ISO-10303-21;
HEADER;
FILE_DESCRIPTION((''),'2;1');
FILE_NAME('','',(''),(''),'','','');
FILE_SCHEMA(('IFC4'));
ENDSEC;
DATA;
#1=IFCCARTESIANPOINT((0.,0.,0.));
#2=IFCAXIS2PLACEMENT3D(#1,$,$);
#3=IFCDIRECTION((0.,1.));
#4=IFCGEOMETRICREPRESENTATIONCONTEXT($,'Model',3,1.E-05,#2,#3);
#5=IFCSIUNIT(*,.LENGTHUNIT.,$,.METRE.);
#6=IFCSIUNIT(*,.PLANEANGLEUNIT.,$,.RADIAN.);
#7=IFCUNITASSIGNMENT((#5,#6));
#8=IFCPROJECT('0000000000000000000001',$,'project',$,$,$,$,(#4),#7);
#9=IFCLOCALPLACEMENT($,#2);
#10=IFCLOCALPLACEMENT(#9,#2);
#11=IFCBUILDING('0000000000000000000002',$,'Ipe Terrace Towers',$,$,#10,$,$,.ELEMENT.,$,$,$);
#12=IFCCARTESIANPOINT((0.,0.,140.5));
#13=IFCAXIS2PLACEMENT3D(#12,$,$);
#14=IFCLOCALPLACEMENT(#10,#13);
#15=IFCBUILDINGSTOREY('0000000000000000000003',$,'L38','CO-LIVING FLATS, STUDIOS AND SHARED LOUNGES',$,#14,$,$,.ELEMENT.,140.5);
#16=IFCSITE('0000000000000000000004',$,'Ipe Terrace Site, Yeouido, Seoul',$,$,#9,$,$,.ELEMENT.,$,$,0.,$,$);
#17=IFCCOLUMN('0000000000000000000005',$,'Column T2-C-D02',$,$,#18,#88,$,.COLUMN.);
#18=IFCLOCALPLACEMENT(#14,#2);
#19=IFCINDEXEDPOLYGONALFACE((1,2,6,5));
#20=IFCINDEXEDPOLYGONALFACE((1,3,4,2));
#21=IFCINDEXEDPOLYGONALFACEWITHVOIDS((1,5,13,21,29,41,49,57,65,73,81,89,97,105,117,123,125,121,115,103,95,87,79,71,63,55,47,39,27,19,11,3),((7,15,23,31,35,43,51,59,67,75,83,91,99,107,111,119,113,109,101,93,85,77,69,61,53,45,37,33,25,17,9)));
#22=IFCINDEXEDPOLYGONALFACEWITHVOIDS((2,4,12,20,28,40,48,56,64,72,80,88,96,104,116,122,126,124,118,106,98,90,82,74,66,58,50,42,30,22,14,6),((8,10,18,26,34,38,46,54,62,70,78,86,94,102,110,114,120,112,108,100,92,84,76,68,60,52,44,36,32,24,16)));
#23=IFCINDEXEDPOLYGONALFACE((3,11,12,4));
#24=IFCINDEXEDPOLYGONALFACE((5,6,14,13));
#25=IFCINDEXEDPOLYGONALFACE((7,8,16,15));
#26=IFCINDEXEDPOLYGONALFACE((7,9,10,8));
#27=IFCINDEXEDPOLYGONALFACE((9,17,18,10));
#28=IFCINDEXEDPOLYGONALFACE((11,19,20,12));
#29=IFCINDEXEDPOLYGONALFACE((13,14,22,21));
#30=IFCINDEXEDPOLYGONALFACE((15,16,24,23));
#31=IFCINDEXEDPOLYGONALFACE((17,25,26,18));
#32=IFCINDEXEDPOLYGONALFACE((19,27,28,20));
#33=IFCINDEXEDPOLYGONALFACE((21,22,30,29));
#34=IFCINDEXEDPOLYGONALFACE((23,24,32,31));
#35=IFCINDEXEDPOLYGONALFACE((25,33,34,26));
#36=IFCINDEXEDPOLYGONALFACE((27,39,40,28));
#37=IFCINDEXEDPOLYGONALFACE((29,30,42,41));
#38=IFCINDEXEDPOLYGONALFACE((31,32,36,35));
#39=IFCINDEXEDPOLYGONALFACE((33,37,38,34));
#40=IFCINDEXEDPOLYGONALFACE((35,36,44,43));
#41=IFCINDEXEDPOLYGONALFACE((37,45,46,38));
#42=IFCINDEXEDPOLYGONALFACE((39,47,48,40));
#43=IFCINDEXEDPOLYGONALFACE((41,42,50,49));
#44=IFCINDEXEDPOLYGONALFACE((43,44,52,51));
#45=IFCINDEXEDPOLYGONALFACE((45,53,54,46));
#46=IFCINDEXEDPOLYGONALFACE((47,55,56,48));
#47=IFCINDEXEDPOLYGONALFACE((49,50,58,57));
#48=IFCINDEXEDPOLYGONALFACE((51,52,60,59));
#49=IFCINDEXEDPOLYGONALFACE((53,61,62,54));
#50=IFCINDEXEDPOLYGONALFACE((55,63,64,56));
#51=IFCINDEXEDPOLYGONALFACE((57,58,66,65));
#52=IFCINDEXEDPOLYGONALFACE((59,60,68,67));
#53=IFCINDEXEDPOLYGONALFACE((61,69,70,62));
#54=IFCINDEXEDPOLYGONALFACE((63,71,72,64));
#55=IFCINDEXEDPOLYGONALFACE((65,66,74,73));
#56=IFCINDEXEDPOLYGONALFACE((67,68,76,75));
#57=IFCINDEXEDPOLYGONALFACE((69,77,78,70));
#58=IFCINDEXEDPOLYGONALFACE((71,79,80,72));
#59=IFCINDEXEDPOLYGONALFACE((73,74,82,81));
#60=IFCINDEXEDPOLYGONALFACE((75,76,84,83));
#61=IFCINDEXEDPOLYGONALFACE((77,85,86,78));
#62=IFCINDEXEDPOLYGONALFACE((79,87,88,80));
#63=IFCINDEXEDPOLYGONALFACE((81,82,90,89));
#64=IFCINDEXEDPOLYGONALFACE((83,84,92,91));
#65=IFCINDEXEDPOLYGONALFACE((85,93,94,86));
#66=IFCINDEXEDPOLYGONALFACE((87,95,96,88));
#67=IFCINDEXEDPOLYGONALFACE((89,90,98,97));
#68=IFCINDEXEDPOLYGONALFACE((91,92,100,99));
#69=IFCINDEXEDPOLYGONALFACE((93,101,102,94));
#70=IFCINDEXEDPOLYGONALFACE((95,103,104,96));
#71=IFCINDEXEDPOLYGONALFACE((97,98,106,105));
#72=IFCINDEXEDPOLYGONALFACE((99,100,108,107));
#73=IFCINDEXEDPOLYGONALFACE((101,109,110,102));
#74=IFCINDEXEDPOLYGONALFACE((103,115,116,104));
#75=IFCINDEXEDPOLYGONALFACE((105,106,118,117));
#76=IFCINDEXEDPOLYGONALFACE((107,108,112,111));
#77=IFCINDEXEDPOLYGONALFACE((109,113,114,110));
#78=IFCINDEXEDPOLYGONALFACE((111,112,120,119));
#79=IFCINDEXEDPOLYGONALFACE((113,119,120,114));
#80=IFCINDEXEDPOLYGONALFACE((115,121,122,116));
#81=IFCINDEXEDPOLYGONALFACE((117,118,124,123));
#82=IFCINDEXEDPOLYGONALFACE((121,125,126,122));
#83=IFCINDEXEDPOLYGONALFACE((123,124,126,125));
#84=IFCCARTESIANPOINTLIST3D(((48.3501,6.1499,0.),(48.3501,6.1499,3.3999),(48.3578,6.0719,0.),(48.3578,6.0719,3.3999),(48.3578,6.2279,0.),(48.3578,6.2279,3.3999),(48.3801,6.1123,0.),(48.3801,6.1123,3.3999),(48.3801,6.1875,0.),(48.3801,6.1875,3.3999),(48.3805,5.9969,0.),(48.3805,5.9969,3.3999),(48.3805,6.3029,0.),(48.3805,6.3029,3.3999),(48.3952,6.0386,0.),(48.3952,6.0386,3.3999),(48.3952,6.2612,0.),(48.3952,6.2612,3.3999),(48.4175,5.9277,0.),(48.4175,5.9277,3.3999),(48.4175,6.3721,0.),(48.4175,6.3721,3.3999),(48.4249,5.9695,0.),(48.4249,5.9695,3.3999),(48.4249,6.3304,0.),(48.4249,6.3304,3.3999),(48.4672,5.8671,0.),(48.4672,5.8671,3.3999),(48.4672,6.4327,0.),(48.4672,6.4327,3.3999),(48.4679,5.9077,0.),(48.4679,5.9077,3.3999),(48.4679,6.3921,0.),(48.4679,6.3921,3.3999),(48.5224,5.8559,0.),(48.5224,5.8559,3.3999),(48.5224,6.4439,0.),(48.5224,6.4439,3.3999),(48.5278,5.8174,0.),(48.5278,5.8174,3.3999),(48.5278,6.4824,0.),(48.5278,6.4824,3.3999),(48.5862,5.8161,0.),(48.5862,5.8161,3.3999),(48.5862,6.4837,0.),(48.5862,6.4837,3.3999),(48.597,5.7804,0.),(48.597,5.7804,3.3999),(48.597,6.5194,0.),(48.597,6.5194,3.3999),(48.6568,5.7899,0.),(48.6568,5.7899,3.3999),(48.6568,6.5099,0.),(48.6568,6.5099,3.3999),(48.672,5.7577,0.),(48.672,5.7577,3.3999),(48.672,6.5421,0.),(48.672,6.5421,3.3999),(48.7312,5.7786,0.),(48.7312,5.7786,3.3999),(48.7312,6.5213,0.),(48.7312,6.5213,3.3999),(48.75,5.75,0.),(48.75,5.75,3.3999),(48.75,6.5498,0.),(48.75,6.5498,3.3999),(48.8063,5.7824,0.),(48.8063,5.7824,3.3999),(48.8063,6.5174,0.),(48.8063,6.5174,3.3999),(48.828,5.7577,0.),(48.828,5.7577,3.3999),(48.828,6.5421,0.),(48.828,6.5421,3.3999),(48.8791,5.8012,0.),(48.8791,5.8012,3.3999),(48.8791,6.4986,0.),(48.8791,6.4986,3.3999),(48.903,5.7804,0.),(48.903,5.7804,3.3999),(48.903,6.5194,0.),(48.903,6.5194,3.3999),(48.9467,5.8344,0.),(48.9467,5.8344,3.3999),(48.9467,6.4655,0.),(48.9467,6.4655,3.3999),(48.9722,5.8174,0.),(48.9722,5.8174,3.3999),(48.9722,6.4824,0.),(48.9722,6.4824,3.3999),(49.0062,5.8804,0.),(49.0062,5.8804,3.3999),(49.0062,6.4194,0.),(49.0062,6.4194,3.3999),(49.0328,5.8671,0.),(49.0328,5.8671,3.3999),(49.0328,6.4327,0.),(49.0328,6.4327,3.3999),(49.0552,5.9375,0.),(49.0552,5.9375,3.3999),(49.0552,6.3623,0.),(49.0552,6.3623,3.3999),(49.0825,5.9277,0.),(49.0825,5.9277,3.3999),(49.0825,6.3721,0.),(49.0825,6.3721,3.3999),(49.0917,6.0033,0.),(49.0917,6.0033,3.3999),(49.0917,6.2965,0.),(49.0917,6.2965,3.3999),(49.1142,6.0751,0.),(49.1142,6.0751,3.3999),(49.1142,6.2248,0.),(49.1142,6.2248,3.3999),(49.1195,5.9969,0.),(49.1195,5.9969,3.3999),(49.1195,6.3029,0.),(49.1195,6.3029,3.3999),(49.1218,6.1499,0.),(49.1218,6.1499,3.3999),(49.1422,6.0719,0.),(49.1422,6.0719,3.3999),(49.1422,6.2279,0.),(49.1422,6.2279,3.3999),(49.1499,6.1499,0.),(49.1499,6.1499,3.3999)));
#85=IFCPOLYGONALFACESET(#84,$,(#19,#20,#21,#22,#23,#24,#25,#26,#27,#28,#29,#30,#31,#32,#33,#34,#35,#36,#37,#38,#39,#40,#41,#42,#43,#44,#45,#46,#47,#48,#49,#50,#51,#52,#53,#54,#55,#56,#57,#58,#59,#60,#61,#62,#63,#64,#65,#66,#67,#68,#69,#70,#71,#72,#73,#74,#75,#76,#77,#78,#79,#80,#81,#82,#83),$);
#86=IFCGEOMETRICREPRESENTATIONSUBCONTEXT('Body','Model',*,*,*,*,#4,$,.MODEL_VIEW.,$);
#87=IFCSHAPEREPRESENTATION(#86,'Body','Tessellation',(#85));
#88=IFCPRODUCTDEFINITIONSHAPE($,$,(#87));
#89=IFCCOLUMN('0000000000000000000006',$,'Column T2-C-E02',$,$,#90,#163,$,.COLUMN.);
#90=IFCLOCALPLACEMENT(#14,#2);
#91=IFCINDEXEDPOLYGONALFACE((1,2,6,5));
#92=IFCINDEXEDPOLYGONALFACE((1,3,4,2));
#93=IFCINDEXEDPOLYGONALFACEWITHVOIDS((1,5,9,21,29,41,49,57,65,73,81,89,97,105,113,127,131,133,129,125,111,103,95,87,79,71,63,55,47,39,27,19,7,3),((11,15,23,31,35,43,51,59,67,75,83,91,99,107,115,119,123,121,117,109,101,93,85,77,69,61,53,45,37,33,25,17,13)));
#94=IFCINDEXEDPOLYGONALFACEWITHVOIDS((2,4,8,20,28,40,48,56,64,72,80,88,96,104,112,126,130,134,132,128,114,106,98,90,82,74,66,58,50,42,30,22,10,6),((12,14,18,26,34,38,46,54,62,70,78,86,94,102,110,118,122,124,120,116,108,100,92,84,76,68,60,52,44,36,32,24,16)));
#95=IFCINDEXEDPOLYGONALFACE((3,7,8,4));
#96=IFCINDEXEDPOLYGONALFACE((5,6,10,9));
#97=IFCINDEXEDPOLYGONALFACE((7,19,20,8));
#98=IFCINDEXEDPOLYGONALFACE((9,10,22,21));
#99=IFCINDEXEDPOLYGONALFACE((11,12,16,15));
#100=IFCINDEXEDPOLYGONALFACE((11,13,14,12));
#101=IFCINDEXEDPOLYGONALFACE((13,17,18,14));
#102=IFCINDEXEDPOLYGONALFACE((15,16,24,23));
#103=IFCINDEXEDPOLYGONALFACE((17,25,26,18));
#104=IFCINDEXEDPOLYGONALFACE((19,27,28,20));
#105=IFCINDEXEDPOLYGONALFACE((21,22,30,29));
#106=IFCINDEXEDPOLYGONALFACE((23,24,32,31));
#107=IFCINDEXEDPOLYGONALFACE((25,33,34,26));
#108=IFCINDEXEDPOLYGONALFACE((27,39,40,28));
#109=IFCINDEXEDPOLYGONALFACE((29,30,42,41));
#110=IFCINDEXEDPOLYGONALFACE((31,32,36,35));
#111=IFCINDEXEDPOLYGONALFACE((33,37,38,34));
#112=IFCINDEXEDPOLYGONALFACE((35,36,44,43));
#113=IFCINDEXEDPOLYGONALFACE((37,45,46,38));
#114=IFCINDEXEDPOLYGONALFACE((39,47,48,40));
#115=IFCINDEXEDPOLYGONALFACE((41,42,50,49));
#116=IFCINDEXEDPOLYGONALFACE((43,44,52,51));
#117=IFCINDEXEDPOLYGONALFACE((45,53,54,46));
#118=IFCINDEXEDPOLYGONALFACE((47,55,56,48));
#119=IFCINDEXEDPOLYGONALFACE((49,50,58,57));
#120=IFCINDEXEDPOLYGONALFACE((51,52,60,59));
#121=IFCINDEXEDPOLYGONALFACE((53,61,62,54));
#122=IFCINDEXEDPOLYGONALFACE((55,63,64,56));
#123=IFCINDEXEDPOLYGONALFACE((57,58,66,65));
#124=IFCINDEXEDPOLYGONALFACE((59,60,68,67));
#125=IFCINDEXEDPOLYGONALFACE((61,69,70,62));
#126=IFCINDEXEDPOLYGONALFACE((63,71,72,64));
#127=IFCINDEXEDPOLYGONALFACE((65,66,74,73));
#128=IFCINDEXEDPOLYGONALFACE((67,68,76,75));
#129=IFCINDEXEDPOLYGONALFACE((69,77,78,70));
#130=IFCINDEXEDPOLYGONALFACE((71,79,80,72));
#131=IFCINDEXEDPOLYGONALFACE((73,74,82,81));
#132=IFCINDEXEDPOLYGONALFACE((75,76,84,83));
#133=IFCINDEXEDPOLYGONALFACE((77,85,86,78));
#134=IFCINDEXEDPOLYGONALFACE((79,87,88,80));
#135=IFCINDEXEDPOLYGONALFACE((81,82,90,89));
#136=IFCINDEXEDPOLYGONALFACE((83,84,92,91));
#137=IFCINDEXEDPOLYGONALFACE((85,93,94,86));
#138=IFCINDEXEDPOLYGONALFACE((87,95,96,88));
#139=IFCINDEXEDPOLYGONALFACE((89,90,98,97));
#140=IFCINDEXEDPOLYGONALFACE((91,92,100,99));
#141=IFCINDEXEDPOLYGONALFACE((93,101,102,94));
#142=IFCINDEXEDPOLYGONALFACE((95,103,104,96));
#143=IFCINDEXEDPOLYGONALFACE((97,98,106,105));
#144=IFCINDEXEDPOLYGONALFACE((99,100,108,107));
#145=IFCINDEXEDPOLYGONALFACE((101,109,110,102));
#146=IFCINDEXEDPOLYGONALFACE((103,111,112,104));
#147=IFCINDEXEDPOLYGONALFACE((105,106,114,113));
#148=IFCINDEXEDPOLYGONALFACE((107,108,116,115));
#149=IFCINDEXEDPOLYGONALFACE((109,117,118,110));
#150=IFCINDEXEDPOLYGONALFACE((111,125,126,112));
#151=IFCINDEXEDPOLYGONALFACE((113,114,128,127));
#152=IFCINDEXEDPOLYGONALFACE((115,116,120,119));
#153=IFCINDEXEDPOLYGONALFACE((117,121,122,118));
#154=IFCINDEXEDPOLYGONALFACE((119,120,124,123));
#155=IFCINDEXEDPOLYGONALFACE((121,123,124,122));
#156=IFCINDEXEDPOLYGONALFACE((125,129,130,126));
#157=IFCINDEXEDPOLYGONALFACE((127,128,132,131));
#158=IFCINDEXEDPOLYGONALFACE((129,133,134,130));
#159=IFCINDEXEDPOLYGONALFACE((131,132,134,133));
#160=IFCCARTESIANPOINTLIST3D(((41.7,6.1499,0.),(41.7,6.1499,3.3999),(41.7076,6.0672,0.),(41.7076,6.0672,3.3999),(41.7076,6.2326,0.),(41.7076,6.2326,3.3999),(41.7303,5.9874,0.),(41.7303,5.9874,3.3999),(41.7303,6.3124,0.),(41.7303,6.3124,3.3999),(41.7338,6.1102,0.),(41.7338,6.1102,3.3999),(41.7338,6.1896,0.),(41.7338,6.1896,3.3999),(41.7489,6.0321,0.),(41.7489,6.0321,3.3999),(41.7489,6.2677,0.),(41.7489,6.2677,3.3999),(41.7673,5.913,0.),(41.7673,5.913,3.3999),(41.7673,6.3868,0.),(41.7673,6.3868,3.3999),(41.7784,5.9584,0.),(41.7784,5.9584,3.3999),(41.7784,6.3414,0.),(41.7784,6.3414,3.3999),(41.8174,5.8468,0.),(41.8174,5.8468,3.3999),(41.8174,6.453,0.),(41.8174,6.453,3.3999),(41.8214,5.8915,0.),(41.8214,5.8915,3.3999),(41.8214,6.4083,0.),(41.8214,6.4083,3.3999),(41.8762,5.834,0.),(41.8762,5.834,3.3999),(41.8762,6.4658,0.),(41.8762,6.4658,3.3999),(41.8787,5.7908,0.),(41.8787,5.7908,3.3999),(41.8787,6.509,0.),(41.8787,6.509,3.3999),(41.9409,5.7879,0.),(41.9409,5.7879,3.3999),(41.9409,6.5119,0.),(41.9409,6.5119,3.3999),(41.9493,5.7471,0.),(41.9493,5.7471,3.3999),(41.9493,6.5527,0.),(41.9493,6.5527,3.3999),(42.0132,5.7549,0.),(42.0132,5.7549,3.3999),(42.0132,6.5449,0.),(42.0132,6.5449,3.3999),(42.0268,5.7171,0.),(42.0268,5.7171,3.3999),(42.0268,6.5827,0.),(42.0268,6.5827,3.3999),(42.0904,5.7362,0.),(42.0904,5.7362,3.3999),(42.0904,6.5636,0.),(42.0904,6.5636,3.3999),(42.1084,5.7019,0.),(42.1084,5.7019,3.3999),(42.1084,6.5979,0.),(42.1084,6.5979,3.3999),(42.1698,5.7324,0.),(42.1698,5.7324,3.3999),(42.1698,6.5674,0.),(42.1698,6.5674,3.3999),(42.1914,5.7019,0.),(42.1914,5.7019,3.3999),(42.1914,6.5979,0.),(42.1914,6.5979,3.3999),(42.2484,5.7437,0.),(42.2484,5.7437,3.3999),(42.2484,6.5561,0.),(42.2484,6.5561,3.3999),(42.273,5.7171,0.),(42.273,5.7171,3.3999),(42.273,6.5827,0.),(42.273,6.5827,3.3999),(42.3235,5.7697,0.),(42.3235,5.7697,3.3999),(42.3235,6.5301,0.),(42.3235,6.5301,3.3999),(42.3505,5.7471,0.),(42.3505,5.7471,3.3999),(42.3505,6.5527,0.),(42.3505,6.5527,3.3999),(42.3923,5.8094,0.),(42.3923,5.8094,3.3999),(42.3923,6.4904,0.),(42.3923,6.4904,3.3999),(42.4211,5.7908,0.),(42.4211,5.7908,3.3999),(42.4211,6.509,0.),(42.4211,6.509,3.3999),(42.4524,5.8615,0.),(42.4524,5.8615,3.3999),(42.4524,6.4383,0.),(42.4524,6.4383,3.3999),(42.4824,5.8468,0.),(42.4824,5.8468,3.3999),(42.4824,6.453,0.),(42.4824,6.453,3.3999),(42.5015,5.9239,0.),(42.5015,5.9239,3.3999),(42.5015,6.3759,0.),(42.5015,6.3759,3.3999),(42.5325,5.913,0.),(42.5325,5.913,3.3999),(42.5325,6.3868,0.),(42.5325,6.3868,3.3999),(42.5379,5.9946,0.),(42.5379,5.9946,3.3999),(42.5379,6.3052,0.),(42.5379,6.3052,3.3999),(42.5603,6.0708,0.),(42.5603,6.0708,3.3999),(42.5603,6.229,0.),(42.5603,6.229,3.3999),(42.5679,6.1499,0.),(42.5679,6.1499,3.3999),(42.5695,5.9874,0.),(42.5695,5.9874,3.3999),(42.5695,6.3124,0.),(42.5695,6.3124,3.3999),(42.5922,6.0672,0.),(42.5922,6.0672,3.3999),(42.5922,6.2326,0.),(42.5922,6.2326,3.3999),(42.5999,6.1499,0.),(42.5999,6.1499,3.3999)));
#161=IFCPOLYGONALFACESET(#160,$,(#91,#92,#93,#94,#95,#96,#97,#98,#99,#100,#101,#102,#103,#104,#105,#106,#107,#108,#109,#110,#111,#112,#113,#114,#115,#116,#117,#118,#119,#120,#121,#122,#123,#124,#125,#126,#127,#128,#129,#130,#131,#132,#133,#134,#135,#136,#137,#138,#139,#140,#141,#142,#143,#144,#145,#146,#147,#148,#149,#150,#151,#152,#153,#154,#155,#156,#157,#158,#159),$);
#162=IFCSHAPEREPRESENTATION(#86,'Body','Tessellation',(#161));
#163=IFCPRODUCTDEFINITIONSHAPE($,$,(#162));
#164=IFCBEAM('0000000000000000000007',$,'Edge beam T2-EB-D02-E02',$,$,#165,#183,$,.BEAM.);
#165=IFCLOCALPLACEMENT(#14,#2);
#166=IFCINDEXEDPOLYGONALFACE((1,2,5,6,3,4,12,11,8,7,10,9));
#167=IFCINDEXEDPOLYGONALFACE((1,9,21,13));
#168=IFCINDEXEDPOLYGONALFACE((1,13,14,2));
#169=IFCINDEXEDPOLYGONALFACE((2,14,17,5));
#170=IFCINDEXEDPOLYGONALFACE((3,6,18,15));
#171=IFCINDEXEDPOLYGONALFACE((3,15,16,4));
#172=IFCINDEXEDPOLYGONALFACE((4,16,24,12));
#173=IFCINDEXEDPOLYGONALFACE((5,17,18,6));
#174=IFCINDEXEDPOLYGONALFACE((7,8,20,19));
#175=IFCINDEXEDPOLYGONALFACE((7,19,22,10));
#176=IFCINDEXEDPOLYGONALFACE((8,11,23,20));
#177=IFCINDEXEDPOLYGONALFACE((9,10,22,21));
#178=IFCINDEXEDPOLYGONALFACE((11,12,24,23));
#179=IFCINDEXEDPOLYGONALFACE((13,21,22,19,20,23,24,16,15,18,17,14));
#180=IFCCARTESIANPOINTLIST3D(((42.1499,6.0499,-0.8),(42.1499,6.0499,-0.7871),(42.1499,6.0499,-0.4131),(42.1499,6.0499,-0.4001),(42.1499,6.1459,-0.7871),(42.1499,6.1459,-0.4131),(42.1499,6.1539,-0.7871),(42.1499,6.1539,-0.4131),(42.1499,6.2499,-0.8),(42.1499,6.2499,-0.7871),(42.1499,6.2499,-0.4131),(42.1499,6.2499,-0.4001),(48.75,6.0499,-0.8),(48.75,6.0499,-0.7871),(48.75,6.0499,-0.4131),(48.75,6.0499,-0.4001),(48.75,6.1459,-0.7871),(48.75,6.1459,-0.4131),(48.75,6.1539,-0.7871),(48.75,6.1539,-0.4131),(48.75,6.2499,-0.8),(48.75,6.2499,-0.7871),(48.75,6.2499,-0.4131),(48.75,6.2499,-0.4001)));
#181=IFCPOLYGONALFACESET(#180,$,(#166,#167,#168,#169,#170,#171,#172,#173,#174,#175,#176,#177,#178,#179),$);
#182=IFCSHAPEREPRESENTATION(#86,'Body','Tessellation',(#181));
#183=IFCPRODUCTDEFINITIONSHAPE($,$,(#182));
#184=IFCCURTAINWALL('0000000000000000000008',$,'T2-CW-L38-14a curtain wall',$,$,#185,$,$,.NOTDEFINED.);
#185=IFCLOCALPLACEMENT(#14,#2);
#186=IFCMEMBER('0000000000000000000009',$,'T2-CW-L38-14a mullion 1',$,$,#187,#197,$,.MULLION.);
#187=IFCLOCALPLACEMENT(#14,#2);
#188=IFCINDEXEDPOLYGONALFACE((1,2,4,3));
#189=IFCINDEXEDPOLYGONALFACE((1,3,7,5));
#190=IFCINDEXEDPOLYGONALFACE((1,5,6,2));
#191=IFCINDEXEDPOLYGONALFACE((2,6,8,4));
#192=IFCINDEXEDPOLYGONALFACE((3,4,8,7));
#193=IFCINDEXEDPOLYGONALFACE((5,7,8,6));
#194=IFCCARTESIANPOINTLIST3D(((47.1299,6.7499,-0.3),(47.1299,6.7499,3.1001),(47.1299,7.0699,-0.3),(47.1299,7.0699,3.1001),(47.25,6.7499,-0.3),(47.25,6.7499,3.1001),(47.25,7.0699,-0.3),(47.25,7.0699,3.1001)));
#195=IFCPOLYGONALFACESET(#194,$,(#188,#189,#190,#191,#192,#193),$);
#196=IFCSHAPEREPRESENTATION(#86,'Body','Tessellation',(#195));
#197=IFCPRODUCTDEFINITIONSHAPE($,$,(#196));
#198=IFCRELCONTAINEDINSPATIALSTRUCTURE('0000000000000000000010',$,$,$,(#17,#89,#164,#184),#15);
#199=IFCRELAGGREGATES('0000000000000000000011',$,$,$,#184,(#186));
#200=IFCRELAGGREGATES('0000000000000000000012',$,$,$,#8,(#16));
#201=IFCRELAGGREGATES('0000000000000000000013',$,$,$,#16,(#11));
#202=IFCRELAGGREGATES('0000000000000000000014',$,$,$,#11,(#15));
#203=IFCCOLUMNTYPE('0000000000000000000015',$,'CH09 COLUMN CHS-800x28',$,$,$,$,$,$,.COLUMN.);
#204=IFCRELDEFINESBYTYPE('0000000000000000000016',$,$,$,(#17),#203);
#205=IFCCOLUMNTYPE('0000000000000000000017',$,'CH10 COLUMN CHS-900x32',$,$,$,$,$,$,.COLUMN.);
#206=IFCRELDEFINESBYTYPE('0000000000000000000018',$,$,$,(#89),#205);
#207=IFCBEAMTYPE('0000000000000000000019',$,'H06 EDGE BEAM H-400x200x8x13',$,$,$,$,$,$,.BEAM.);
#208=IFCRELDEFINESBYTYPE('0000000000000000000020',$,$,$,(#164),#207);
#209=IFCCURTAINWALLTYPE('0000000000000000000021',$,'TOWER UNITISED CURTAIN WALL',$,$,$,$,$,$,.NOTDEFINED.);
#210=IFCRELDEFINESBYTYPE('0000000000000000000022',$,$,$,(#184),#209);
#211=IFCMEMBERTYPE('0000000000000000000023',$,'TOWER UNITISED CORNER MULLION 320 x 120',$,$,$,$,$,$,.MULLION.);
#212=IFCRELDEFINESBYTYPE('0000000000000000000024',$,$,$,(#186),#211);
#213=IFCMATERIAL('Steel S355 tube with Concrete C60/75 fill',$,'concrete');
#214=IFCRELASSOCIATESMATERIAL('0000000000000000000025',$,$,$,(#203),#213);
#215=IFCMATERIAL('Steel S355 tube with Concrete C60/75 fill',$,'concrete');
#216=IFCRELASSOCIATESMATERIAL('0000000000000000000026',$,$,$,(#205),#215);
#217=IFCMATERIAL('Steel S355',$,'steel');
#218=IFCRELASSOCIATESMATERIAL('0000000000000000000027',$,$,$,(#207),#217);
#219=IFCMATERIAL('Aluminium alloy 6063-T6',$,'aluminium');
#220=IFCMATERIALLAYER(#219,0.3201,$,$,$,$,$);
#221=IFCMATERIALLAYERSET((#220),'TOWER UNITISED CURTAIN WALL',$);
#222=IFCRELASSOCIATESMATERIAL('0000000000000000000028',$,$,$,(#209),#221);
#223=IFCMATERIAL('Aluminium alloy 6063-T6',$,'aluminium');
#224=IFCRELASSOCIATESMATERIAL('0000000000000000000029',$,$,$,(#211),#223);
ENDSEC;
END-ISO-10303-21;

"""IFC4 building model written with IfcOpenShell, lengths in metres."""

from ifc_helpers import new_model, si_unit, direction, frame, origin, origin_2d, place, context, subcontext, project, spatial, rectangle, hollow_circle, i_section, extrude, material, layer, layer_set, material_profile, profile_set, type_object, element, aggregate, save


model = new_model("IFC4")

# Units and contexts
model_context = context("Model", 3, precision=1e-05, world=origin(), true_north=direction((0.0, 1.0)))
body_context = subcontext(model_context, "Body", "Model", "MODEL_VIEW")
ifc_project = project(units=[si_unit("LENGTHUNIT", "METRE"), si_unit("PLANEANGLEUNIT", "RADIAN")], contexts=[model_context])

# Site, building, storey
site_placement = place(None, origin())
site = spatial("IfcSite", under=ifc_project, at=site_placement, Name="Ipe Terrace Site, Yeouido, Seoul", CompositionType="ELEMENT", RefElevation=0.0)
building_placement = place(site_placement, origin())
building = spatial("IfcBuilding", under=site, at=building_placement, Name="Ipe Terrace Towers", CompositionType="ELEMENT")
storey_placement = place(building_placement, frame((0.0, 0.0, 140.5)))
storey = spatial("IfcBuildingStorey", under=building, at=storey_placement, Name="L38", Description="CO-LIVING FLATS, STUDIOS AND SHARED LOUNGES", CompositionType="ELEMENT", Elevation=140.5)

# Columns
ifc_material_1 = material(Name="Steel S355 tube with Concrete C60/75 fill", Category="concrete")
ifc_material_profile_1 = material_profile(ifc_material_1, hollow_circle(Radius=0.3999, WallThickness=0.0281, at=origin_2d()), Name="CHS-800x28")
ifc_profile_set_1 = profile_set([ifc_material_profile_1], Name="Steel S355 tube with Concrete C60/75 fill")
column_type_1 = type_object("IfcColumnType", Name="CH09 COLUMN CHS-800x28", PredefinedType="COLUMN", material=ifc_profile_set_1)
column_1_placement = place(storey_placement, frame((48.75, 6.1499, 0.0), z_axis=(0.0, 0.0, 1.0), x_axis=(1.0, 0.0, 0.0)))
element("IfcColumn", 1, at=column_1_placement, inside=storey, type_object=column_type_1, Name="Column T2-C-D02", PredefinedType="COLUMN", context=body_context, shape_type="SweptSolid", body=[
    extrude(hollow_circle(Radius=0.3999, WallThickness=0.0281, at=origin_2d()), origin(), (0.0, 0.0, 1.0), 3.3999),
])
ifc_material_2 = material(Name="Steel S355 tube with Concrete C60/75 fill", Category="concrete")
ifc_material_profile_2 = material_profile(ifc_material_2, hollow_circle(Radius=0.45, WallThickness=0.032, at=origin_2d()), Name="CHS-900x32")
ifc_profile_set_2 = profile_set([ifc_material_profile_2], Name="Steel S355 tube with Concrete C60/75 fill")
column_type_2 = type_object("IfcColumnType", Name="CH10 COLUMN CHS-900x32", PredefinedType="COLUMN", material=ifc_profile_set_2)
column_2_placement = place(storey_placement, frame((42.1499, 6.1499, 0.0), z_axis=(0.0, 0.0, 1.0), x_axis=(1.0, 0.0, 0.0)))
element("IfcColumn", 2, at=column_2_placement, inside=storey, type_object=column_type_2, Name="Column T2-C-E02", PredefinedType="COLUMN", context=body_context, shape_type="SweptSolid", body=[
    extrude(hollow_circle(Radius=0.45, WallThickness=0.032, at=origin_2d()), origin(), (0.0, 0.0, 1.0), 3.3999),
])

# Beam
ifc_material_3 = material(Name="Steel S355", Category="steel")
ifc_material_profile_3 = material_profile(ifc_material_3, i_section(OverallWidth=0.2, OverallDepth=0.3999, WebThickness=0.0081, FlangeThickness=0.0129, at=origin_2d()), Name="H-400x200x8x13")
ifc_profile_set_3 = profile_set([ifc_material_profile_3], Name="Steel S355")
beam_type = type_object("IfcBeamType", Name="H06 EDGE BEAM H-400x200x8x13", PredefinedType="BEAM", material=ifc_profile_set_3)
beam_placement = place(storey_placement, frame((48.75, 6.1499, -0.6001), z_axis=(-1.0, 0.0, 0.0), x_axis=(0.0, -1.0, 0.0)))
element("IfcBeam", 3, at=beam_placement, inside=storey, type_object=beam_type, Name="Edge beam T2-EB-D02-E02", PredefinedType="BEAM", context=body_context, shape_type="SweptSolid", body=[
    extrude(i_section(OverallWidth=0.2, OverallDepth=0.3999, WebThickness=0.0081, FlangeThickness=0.0129, at=origin_2d()), origin(), (0.0, 0.0, 1.0), 6.6001),
])

# Curtain wall, member
ifc_material_4 = material(Name="Aluminium alloy 6063-T6", Category="aluminium")
ifc_layer_1 = layer(ifc_material_4, 0.3201)
ifc_layer_set_1 = layer_set([ifc_layer_1], Name="TOWER UNITISED CURTAIN WALL")
curtain_wall_type = type_object("IfcCurtainWallType", Name="TOWER UNITISED CURTAIN WALL", PredefinedType="NOTDEFINED", material=ifc_layer_set_1)
curtain_wall_placement = place(storey_placement, origin())
curtain_wall = element("IfcCurtainWall", 4, at=curtain_wall_placement, inside=storey, type_object=curtain_wall_type, Name="T2-CW-L38-14a curtain wall", PredefinedType="NOTDEFINED")
ifc_material_5 = material(Name="Aluminium alloy 6063-T6", Category="aluminium")
ifc_material_profile_4 = material_profile(ifc_material_5, rectangle(XDim=0.3201, YDim=0.1201, at=origin_2d()), Name="TOWER UNITISED CORNER MULLION 320 x 120")
ifc_profile_set_4 = profile_set([ifc_material_profile_4], Name="Aluminium alloy 6063-T6")
member_type = type_object("IfcMemberType", Name="TOWER UNITISED CORNER MULLION 320 x 120", PredefinedType="MULLION", material=ifc_profile_set_4)
member_1_placement = place(storey_placement, frame((47.1899, 6.9099, -0.3), z_axis=(0.0, 0.0, 1.0), x_axis=(0.0, 1.0, 0.0)))
member_1 = element("IfcMember", 5, at=member_1_placement, type_object=member_type, Name="T2-CW-L38-14a mullion 1", PredefinedType="MULLION", context=body_context, shape_type="SweptSolid", body=[
    extrude(rectangle(XDim=0.3201, YDim=0.1201, at=origin_2d()), origin(), (0.0, 0.0, 1.0), 3.4001),
])
aggregate(curtain_wall, [member_1])

save(model, "model.ifc")
